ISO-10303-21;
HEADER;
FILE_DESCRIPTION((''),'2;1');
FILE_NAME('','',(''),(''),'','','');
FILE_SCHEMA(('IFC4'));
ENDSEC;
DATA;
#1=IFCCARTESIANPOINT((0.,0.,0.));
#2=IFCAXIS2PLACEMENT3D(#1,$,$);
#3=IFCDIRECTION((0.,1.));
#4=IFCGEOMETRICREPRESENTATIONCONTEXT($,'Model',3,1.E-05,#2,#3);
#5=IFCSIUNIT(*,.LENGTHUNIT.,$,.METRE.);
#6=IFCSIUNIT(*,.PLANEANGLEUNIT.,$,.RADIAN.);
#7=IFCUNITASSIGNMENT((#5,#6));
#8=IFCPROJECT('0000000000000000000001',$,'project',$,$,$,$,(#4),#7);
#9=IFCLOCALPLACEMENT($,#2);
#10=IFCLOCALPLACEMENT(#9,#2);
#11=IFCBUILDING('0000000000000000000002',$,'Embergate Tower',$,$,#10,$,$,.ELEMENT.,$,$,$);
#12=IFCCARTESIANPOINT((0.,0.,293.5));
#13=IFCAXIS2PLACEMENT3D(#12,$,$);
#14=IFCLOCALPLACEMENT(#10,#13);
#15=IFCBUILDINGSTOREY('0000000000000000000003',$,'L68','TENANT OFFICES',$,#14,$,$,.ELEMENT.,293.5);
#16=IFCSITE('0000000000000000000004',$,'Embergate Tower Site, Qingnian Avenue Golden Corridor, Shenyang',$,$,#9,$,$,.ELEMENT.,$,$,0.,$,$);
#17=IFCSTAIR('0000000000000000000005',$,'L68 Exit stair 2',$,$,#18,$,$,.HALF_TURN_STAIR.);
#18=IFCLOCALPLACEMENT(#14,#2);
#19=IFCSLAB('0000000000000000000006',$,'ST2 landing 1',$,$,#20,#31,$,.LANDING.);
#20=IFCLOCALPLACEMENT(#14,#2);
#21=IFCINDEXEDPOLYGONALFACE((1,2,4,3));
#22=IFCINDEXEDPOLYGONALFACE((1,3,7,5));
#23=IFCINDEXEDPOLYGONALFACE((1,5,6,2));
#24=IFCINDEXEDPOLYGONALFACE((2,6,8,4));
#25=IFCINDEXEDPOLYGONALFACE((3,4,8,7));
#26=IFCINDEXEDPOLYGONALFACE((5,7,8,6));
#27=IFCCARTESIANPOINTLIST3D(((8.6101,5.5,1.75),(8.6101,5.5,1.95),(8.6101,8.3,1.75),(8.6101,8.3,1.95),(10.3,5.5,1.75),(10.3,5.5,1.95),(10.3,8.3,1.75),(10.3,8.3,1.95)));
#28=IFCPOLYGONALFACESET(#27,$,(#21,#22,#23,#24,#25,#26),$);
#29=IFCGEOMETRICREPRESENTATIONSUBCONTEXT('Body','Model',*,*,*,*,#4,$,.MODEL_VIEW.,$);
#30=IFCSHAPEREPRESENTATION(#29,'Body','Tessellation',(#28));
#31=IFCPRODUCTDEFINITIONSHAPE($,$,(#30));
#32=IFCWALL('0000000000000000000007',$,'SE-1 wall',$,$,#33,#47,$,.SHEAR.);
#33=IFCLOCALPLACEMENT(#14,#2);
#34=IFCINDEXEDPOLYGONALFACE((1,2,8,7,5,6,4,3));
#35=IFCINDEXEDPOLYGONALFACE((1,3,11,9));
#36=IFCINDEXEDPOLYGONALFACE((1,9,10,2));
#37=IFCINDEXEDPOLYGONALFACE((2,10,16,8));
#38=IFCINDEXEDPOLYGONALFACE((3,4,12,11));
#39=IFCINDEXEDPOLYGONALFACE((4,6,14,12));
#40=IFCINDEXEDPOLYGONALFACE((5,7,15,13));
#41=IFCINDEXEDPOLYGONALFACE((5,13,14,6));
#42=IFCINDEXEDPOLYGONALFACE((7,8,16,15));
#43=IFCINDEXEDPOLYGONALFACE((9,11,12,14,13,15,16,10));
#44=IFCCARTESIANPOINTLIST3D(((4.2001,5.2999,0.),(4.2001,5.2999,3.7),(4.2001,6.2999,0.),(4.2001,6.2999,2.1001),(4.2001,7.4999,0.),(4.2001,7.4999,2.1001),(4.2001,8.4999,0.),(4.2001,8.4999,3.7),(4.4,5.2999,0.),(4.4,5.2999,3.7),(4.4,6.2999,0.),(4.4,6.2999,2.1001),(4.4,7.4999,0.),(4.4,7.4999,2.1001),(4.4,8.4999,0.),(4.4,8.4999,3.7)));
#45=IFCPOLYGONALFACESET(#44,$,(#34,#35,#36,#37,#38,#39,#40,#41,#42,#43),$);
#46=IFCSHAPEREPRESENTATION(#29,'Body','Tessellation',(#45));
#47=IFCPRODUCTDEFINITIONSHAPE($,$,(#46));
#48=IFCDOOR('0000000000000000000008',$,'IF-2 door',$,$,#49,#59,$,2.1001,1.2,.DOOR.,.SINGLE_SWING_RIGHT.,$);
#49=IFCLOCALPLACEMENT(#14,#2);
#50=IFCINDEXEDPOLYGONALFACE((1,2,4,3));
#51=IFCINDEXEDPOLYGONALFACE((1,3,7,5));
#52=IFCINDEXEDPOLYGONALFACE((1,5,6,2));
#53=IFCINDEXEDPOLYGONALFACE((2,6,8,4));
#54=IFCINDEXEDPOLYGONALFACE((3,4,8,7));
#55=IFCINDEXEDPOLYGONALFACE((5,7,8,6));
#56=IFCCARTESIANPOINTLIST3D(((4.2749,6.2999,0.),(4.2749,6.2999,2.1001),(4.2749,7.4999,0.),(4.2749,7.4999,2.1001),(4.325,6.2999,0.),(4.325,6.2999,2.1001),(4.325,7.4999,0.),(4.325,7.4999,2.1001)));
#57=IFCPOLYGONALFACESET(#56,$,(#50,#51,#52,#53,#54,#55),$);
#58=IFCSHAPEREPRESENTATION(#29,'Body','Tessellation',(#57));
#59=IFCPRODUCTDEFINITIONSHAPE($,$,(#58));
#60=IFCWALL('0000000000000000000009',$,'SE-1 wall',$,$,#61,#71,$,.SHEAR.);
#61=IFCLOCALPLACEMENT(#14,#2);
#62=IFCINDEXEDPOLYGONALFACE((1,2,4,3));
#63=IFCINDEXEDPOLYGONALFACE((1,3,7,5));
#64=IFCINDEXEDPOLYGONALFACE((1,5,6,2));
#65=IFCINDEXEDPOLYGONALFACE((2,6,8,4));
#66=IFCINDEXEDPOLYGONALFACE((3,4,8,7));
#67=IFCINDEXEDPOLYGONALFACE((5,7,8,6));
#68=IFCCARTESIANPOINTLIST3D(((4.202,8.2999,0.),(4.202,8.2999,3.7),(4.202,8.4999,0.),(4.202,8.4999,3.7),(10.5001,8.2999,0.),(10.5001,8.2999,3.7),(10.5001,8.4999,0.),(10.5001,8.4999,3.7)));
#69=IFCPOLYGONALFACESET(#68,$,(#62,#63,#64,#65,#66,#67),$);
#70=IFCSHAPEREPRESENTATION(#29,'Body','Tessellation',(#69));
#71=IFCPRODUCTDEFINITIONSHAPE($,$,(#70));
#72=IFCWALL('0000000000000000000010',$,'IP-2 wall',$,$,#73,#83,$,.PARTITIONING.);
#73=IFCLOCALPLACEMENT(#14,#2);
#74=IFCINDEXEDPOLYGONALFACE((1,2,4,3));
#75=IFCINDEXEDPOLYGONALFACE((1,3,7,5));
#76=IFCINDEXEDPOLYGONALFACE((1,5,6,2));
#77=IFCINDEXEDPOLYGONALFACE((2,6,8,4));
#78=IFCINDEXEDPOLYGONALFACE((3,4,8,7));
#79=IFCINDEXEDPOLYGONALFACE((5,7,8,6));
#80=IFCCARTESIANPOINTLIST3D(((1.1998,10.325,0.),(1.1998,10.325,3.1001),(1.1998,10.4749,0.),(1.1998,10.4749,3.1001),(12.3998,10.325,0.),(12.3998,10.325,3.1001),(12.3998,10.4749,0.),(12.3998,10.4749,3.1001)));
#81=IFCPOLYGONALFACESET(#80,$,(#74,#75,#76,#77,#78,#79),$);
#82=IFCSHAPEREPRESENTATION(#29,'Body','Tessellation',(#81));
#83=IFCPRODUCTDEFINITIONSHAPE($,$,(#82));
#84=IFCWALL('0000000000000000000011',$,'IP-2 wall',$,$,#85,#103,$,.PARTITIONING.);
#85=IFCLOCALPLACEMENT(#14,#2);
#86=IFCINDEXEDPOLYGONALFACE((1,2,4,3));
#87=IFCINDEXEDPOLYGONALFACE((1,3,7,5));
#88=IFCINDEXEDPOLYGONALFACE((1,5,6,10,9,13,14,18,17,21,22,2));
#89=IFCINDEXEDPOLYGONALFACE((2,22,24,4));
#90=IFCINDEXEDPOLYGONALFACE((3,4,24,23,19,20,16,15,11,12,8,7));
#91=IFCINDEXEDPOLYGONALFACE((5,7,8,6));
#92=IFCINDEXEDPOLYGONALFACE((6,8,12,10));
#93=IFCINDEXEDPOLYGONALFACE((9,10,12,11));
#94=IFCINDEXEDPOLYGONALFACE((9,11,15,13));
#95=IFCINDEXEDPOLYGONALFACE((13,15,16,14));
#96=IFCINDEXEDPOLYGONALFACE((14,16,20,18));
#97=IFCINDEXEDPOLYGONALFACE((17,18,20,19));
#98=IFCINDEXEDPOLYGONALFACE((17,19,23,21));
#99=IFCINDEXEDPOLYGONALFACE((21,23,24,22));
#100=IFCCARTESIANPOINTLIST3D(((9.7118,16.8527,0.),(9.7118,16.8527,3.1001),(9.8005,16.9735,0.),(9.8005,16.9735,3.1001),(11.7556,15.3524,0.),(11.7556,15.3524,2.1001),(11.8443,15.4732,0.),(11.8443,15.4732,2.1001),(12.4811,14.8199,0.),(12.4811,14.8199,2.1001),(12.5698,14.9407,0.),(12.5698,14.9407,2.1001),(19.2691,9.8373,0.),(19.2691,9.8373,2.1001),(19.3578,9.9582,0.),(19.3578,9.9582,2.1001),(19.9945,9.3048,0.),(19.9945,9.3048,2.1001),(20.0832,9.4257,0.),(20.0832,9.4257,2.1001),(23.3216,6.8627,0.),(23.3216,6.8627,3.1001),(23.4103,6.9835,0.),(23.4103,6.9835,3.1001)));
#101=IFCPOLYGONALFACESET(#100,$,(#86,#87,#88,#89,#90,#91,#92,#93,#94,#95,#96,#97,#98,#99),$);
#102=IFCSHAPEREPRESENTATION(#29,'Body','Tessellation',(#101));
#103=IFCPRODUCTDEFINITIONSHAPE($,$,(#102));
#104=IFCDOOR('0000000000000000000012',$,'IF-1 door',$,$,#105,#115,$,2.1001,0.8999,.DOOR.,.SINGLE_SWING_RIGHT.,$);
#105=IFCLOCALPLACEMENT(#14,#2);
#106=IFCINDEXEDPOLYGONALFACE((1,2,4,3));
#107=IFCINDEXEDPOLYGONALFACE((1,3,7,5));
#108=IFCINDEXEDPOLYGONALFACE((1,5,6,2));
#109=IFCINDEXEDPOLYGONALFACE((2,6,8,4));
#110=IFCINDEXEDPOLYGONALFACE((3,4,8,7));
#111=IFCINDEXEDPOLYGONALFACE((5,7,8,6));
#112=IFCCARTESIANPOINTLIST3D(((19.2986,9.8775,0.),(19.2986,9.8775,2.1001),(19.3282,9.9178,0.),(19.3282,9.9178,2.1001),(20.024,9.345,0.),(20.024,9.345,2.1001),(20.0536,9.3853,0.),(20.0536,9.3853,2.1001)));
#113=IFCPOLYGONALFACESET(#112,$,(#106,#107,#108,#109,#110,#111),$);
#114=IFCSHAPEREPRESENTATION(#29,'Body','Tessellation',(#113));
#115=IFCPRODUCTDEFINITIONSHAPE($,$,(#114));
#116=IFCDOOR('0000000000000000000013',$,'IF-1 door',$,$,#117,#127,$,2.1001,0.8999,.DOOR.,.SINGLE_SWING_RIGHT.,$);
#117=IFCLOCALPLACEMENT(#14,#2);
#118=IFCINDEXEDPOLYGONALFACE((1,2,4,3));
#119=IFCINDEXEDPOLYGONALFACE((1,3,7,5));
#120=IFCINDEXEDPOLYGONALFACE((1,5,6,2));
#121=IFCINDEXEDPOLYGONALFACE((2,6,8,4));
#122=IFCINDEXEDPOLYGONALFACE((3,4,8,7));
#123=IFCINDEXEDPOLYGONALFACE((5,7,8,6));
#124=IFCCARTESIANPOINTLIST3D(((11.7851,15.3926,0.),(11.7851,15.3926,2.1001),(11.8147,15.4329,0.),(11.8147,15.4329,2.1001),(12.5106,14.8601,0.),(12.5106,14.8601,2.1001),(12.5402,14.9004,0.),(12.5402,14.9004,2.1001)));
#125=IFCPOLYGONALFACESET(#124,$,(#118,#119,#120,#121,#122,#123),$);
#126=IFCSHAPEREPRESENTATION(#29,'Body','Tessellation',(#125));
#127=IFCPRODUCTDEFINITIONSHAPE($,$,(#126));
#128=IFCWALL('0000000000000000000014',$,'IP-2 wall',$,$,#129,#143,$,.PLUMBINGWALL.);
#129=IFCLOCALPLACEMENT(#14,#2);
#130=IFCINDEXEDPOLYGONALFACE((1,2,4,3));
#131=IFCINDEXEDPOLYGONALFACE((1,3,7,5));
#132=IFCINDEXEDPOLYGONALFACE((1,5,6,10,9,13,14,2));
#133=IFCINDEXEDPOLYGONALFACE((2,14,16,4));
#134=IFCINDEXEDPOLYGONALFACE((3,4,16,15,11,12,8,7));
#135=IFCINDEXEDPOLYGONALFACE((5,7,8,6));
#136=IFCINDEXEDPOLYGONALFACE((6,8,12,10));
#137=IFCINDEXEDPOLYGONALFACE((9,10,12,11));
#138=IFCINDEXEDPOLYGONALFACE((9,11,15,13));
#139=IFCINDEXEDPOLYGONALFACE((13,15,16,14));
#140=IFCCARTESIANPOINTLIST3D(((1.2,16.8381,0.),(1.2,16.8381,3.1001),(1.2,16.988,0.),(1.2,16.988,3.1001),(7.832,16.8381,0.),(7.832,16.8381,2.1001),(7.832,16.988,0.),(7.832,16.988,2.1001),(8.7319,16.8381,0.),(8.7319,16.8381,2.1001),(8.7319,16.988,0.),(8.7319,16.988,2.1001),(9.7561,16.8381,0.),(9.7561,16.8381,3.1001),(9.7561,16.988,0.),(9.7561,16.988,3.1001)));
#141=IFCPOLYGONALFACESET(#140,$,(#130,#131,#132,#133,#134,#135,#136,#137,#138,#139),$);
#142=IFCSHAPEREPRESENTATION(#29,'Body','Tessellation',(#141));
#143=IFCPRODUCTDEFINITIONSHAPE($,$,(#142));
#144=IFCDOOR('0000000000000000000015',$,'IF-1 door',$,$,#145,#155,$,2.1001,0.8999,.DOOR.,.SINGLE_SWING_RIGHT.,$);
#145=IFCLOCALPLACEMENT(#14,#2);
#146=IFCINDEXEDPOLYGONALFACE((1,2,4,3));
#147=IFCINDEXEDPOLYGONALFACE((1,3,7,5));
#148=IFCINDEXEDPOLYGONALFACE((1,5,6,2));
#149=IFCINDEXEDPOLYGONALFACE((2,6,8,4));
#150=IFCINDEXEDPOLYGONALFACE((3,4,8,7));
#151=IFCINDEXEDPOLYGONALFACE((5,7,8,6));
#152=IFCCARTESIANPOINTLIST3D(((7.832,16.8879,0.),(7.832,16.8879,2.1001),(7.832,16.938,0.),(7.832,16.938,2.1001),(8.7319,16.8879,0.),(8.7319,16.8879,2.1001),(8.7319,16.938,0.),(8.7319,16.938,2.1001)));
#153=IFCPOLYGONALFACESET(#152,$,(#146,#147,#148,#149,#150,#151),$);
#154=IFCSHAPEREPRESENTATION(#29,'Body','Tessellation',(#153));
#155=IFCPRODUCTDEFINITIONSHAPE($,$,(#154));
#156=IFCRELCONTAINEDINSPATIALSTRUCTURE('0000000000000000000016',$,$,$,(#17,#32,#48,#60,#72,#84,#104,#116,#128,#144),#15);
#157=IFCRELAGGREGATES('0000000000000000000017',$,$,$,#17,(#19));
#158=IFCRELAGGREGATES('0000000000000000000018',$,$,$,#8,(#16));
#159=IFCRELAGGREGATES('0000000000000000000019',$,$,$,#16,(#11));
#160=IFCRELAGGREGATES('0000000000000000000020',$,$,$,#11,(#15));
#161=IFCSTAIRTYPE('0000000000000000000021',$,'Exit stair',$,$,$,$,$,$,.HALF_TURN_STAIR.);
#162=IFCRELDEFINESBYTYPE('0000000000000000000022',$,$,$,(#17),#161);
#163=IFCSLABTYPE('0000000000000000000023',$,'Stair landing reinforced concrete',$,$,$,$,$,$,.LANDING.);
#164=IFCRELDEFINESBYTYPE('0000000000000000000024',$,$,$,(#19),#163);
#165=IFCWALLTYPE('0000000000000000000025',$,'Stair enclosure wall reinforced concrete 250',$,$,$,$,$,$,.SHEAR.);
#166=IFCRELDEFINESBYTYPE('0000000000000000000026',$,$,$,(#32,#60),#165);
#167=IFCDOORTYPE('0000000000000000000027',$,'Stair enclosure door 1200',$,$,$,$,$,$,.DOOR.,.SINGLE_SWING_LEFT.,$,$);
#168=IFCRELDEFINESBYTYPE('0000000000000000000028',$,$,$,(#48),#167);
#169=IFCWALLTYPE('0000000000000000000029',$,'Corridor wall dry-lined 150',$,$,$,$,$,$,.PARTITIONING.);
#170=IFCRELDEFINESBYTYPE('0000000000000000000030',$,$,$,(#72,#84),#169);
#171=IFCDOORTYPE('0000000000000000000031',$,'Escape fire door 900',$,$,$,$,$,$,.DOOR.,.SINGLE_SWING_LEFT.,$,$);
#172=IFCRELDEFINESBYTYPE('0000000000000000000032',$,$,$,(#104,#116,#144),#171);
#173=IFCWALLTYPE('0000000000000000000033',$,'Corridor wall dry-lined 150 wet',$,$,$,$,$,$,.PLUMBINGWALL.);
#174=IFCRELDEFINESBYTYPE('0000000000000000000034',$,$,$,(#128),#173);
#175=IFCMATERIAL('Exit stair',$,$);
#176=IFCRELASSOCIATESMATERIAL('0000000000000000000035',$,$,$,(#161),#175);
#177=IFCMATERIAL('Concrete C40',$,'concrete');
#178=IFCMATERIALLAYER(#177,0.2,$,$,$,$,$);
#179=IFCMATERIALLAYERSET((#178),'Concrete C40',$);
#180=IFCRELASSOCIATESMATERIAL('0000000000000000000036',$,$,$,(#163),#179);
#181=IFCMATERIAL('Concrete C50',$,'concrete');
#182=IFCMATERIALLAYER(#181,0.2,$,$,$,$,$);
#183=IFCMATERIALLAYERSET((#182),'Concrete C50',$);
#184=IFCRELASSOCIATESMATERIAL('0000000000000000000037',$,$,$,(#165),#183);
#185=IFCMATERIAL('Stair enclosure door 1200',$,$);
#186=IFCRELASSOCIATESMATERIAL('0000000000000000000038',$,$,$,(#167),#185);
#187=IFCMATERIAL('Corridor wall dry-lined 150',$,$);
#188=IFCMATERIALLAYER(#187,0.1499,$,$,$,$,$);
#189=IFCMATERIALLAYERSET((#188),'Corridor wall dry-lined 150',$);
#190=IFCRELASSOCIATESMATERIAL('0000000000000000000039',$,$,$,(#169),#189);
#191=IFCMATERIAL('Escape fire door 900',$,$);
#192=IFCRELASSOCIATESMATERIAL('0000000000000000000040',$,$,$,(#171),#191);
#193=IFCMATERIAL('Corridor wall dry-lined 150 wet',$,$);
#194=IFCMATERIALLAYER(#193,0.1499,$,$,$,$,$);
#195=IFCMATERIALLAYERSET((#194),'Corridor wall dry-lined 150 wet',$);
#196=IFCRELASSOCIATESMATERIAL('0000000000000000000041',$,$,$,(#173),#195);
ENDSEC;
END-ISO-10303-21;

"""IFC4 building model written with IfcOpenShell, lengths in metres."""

from ifc_helpers import new_model, si_unit, direction, frame, frame_2d, origin, place, context, subcontext, project, spatial, polyline, rectangle, outline, extrude, source, transform, mapped, material, layer, layer_set, type_object, element, fill, aggregate, save


model = new_model("IFC4")

# Units and contexts
model_context = context("Model", 3, precision=1e-05, world=origin(), true_north=direction((0.0, 1.0)))
body_context = subcontext(model_context, "Body", "Model", "MODEL_VIEW")
ifc_project = project(units=[si_unit("LENGTHUNIT", "METRE"), si_unit("PLANEANGLEUNIT", "RADIAN")], contexts=[model_context])

# Site, building, storey
site_placement = place(None, origin())
site = spatial("IfcSite", under=ifc_project, at=site_placement, Name="Embergate Tower Site, Qingnian Avenue Golden Corridor, Shenyang", CompositionType="ELEMENT", RefElevation=0.0)
building_placement = place(site_placement, origin())
building = spatial("IfcBuilding", under=site, at=building_placement, Name="Embergate Tower", CompositionType="ELEMENT")
storey_placement = place(building_placement, frame((0.0, 0.0, 293.5)))
storey = spatial("IfcBuildingStorey", under=building, at=storey_placement, Name="L68", Description="TENANT OFFICES", CompositionType="ELEMENT", Elevation=293.5)

# Stair, slab
ifc_material_1 = material(Name="Exit stair")
stair_type = type_object("IfcStairType", Name="Exit stair", PredefinedType="HALF_TURN_STAIR", material=ifc_material_1)
stair_placement = place(storey_placement, origin())
stair = element("IfcStair", 1, at=stair_placement, inside=storey, type_object=stair_type, Name="L68 Exit stair 2", PredefinedType="HALF_TURN_STAIR")
ifc_material_2 = material(Name="Concrete C40", Category="concrete")
ifc_layer_1 = layer(ifc_material_2, 0.2)
ifc_layer_set_1 = layer_set([ifc_layer_1], Name="Concrete C40")
slab_type = type_object("IfcSlabType", Name="Stair landing reinforced concrete", PredefinedType="LANDING", material=ifc_layer_set_1)
shared_shape_1 = source(origin(), body_context, "Body", "SweptSolid", [
    extrude(outline(polyline([(0.0, 0.0), (1.6899, 0.0), (1.6899, 2.8), (0.0, 2.8), (0.0, 0.0)])), origin(), (0.0, 0.0, 1.0), 0.2),
])
slab_placement = place(storey_placement, frame((8.6101, 5.5, 1.75)))
slab = element("IfcSlab", 2, at=slab_placement, type_object=slab_type, Name="ST2 landing 1", PredefinedType="LANDING", context=body_context, shape_type="MappedRepresentation", body=[
    mapped(shared_shape_1, transform((0.0, 0.0, 0.0))),
])

# Wall, opening, door
ifc_material_3 = material(Name="Concrete C50", Category="concrete")
ifc_layer_2 = layer(ifc_material_3, 0.2)
ifc_layer_set_2 = layer_set([ifc_layer_2], Name="Concrete C50")
wall_type_1 = type_object("IfcWallType", Name="Stair enclosure wall reinforced concrete 250", PredefinedType="SHEAR", material=ifc_layer_set_2)
shared_shape_2 = source(origin(), body_context, "Body", "SweptSolid", [
    extrude(rectangle(XDim=3.2, YDim=0.2, at=frame_2d((1.6001, 0.0))), origin(), (0.0, 0.0, 1.0), 3.7),
])
wall_1_placement = place(storey_placement, frame((4.3, 8.5, 0.0), z_axis=(0.0, 0.0, 1.0), x_axis=(0.0, -1.0, 0.0)))
wall_1 = element("IfcWall", 3, at=wall_1_placement, inside=storey, type_object=wall_type_1, Name="SE-1 wall", PredefinedType="SHEAR", context=body_context, shape_type="MappedRepresentation", body=[
    mapped(shared_shape_2, transform((0.0, 0.0, 0.0))),
])
shared_shape_3 = source(origin(), body_context, "Body", "SweptSolid", [
    extrude(rectangle(XDim=1.2, YDim=2.1001, at=frame_2d((0.6001, 1.05))), frame((0.0, 0.1099, 0.0), z_axis=(0.0, -1.0, 0.0), x_axis=(1.0, 0.0, 0.0)), (0.0, 0.0, 1.0), 0.22),
])
opening_1_placement = place(wall_1_placement, frame((1.0, 0.0, 0.0)))
opening_1 = element("IfcOpeningElement", 4, at=opening_1_placement, cuts=wall_1, PredefinedType="OPENING", context=body_context, shape_type="MappedRepresentation", body=[
    mapped(shared_shape_3, transform((0.0, 0.0, 0.0))),
])
ifc_material_4 = material(Name="Stair enclosure door 1200")
door_type_1 = type_object("IfcDoorType", Name="Stair enclosure door 1200", OperationType="SINGLE_SWING_LEFT", PredefinedType="DOOR", material=ifc_material_4)
shared_shape_4 = source(origin(), body_context, "Body", "SweptSolid", [
    extrude(rectangle(XDim=1.2, YDim=2.1001, at=frame_2d((0.6001, 1.05))), frame((0.0, 0.0249, 0.0), z_axis=(0.0, -1.0, 0.0), x_axis=(1.0, 0.0, 0.0)), (0.0, 0.0, 1.0), 0.05),
])
door_1_placement = place(opening_1_placement, origin())
door_1 = element("IfcDoor", 5, at=door_1_placement, inside=storey, type_object=door_type_1, Name="IF-2 door", OperationType="SINGLE_SWING_RIGHT", OverallHeight=2.1001, OverallWidth=1.2, PredefinedType="DOOR", context=body_context, shape_type="MappedRepresentation", body=[
    mapped(shared_shape_4, transform((0.0, 0.0, 0.0))),
])
fill(opening_1, door_1)

# Walls
shared_shape_5 = source(origin(), body_context, "Body", "SweptSolid", [
    extrude(rectangle(XDim=6.2981, YDim=0.2, at=frame_2d((3.1489, 0.0))), origin(), (0.0, 0.0, 1.0), 3.7),
])
wall_2_placement = place(storey_placement, frame((10.5, 8.3999, 0.0), z_axis=(0.0, 0.0, 1.0), x_axis=(-1.0, 0.0, 0.0)))
element("IfcWall", 6, at=wall_2_placement, inside=storey, type_object=wall_type_1, Name="SE-1 wall", PredefinedType="SHEAR", context=body_context, shape_type="MappedRepresentation", body=[
    mapped(shared_shape_5, transform((0.0, 0.0, 0.0))),
])
ifc_material_5 = material(Name="Corridor wall dry-lined 150")
ifc_layer_3 = layer(ifc_material_5, 0.1499)
ifc_layer_set_3 = layer_set([ifc_layer_3], Name="Corridor wall dry-lined 150")
wall_type_2 = type_object("IfcWallType", Name="Corridor wall dry-lined 150", PredefinedType="PARTITIONING", material=ifc_layer_set_3)
shared_shape_6 = source(origin(), body_context, "Body", "SweptSolid", [
    extrude(rectangle(XDim=11.2, YDim=0.1499, at=frame_2d((5.6001, 0.0))), origin(), (0.0, 0.0, 1.0), 3.1001),
])
wall_3_placement = place(storey_placement, frame((12.3999, 10.3999, 0.0), z_axis=(0.0, 0.0, 1.0), x_axis=(-1.0, 0.0, 0.0)))
element("IfcWall", 7, at=wall_3_placement, inside=storey, type_object=wall_type_2, Name="IP-2 wall", PredefinedType="PARTITIONING", context=body_context, shape_type="MappedRepresentation", body=[
    mapped(shared_shape_6, transform((0.0, 0.0, 0.0))),
])

# Wall, openings, doors
shared_shape_7 = source(origin(), body_context, "Body", "SweptSolid", [
    extrude(rectangle(XDim=16.8828, YDim=0.1499, at=frame_2d((8.4414, 0.0))), origin(), (0.0, 0.0, 1.0), 3.1001),
])
wall_4_placement = place(storey_placement, frame((9.7561, 16.9131, 0.0), z_axis=(0.0, 0.0, 1.0), x_axis=(0.806139, -0.591727, 0.0)))
wall_4 = element("IfcWall", 8, at=wall_4_placement, inside=storey, type_object=wall_type_2, Name="IP-2 wall", PredefinedType="PARTITIONING", context=body_context, shape_type="MappedRepresentation", body=[
    mapped(shared_shape_7, transform((0.0, 0.0, 0.0))),
])
shared_shape_8 = source(origin(), body_context, "Body", "SweptSolid", [
    extrude(rectangle(XDim=0.8999, YDim=2.1001, at=frame_2d((0.45, 1.05))), frame((0.0, 0.085, 0.0), z_axis=(0.0, -1.0, 0.0), x_axis=(1.0, 0.0, 0.0)), (0.0, 0.0, 1.0), 0.1699),
])
opening_2_placement = place(wall_4_placement, frame((11.8557, 0.0, 0.0)))
opening_2 = element("IfcOpeningElement", 9, at=opening_2_placement, cuts=wall_4, PredefinedType="OPENING", context=body_context, shape_type="MappedRepresentation", body=[
    mapped(shared_shape_8, transform((0.0, 0.0, 0.0))),
])
opening_3_placement = place(wall_4_placement, frame((2.5354, 0.0, 0.0)))
opening_3 = element("IfcOpeningElement", 10, at=opening_3_placement, cuts=wall_4, PredefinedType="OPENING", context=body_context, shape_type="MappedRepresentation", body=[
    mapped(shared_shape_8, transform((0.0, 0.0, 0.0))),
])
ifc_material_6 = material(Name="Escape fire door 900")
door_type_2 = type_object("IfcDoorType", Name="Escape fire door 900", OperationType="SINGLE_SWING_LEFT", PredefinedType="DOOR", material=ifc_material_6)
shared_shape_9 = source(origin(), body_context, "Body", "SweptSolid", [
    extrude(rectangle(XDim=0.8999, YDim=2.1001, at=frame_2d((0.45, 1.05))), frame((0.0, 0.0249, 0.0), z_axis=(0.0, -1.0, 0.0), x_axis=(1.0, 0.0, 0.0)), (0.0, 0.0, 1.0), 0.05),
])
door_2_placement = place(opening_2_placement, origin())
door_2 = element("IfcDoor", 11, at=door_2_placement, inside=storey, type_object=door_type_2, Name="IF-1 door", OperationType="SINGLE_SWING_RIGHT", OverallHeight=2.1001, OverallWidth=0.8999, PredefinedType="DOOR", context=body_context, shape_type="MappedRepresentation", body=[
    mapped(shared_shape_9, transform((0.0, 0.0, 0.0))),
])
fill(opening_2, door_2)
door_3_placement = place(opening_3_placement, origin())
door_3 = element("IfcDoor", 12, at=door_3_placement, inside=storey, type_object=door_type_2, Name="IF-1 door", OperationType="SINGLE_SWING_RIGHT", OverallHeight=2.1001, OverallWidth=0.8999, PredefinedType="DOOR", context=body_context, shape_type="MappedRepresentation", body=[
    mapped(shared_shape_9, transform((0.0, 0.0, 0.0))),
])
fill(opening_3, door_3)

# Wall, opening, door
ifc_material_7 = material(Name="Corridor wall dry-lined 150 wet")
ifc_layer_4 = layer(ifc_material_7, 0.1499)
ifc_layer_set_4 = layer_set([ifc_layer_4], Name="Corridor wall dry-lined 150 wet")
wall_type_3 = type_object("IfcWallType", Name="Corridor wall dry-lined 150 wet", PredefinedType="PLUMBINGWALL", material=ifc_layer_set_4)
shared_shape_10 = source(origin(), body_context, "Body", "SweptSolid", [
    extrude(rectangle(XDim=8.5562, YDim=0.1499, at=frame_2d((4.2781, 0.0))), origin(), (0.0, 0.0, 1.0), 3.1001),
])
wall_5_placement = place(storey_placement, frame((1.2, 16.9131, 0.0), z_axis=(0.0, 0.0, 1.0), x_axis=(1.0, 0.0, 0.0)))
wall_5 = element("IfcWall", 13, at=wall_5_placement, inside=storey, type_object=wall_type_3, Name="IP-2 wall", PredefinedType="PLUMBINGWALL", context=body_context, shape_type="MappedRepresentation", body=[
    mapped(shared_shape_10, transform((0.0, 0.0, 0.0))),
])
opening_4_placement = place(wall_5_placement, frame((6.6321, 0.0, 0.0)))
opening_4 = element("IfcOpeningElement", 14, at=opening_4_placement, cuts=wall_5, PredefinedType="OPENING", context=body_context, shape_type="MappedRepresentation", body=[
    mapped(shared_shape_8, transform((0.0, 0.0, 0.0))),
])
door_4_placement = place(opening_4_placement, origin())
door_4 = element("IfcDoor", 15, at=door_4_placement, inside=storey, type_object=door_type_2, Name="IF-1 door", OperationType="SINGLE_SWING_RIGHT", OverallHeight=2.1001, OverallWidth=0.8999, PredefinedType="DOOR", context=body_context, shape_type="MappedRepresentation", body=[
    mapped(shared_shape_9, transform((0.0, 0.0, 0.0))),
])
fill(opening_4, door_4)

aggregate(stair, [slab])

save(model, "model.ifc")
